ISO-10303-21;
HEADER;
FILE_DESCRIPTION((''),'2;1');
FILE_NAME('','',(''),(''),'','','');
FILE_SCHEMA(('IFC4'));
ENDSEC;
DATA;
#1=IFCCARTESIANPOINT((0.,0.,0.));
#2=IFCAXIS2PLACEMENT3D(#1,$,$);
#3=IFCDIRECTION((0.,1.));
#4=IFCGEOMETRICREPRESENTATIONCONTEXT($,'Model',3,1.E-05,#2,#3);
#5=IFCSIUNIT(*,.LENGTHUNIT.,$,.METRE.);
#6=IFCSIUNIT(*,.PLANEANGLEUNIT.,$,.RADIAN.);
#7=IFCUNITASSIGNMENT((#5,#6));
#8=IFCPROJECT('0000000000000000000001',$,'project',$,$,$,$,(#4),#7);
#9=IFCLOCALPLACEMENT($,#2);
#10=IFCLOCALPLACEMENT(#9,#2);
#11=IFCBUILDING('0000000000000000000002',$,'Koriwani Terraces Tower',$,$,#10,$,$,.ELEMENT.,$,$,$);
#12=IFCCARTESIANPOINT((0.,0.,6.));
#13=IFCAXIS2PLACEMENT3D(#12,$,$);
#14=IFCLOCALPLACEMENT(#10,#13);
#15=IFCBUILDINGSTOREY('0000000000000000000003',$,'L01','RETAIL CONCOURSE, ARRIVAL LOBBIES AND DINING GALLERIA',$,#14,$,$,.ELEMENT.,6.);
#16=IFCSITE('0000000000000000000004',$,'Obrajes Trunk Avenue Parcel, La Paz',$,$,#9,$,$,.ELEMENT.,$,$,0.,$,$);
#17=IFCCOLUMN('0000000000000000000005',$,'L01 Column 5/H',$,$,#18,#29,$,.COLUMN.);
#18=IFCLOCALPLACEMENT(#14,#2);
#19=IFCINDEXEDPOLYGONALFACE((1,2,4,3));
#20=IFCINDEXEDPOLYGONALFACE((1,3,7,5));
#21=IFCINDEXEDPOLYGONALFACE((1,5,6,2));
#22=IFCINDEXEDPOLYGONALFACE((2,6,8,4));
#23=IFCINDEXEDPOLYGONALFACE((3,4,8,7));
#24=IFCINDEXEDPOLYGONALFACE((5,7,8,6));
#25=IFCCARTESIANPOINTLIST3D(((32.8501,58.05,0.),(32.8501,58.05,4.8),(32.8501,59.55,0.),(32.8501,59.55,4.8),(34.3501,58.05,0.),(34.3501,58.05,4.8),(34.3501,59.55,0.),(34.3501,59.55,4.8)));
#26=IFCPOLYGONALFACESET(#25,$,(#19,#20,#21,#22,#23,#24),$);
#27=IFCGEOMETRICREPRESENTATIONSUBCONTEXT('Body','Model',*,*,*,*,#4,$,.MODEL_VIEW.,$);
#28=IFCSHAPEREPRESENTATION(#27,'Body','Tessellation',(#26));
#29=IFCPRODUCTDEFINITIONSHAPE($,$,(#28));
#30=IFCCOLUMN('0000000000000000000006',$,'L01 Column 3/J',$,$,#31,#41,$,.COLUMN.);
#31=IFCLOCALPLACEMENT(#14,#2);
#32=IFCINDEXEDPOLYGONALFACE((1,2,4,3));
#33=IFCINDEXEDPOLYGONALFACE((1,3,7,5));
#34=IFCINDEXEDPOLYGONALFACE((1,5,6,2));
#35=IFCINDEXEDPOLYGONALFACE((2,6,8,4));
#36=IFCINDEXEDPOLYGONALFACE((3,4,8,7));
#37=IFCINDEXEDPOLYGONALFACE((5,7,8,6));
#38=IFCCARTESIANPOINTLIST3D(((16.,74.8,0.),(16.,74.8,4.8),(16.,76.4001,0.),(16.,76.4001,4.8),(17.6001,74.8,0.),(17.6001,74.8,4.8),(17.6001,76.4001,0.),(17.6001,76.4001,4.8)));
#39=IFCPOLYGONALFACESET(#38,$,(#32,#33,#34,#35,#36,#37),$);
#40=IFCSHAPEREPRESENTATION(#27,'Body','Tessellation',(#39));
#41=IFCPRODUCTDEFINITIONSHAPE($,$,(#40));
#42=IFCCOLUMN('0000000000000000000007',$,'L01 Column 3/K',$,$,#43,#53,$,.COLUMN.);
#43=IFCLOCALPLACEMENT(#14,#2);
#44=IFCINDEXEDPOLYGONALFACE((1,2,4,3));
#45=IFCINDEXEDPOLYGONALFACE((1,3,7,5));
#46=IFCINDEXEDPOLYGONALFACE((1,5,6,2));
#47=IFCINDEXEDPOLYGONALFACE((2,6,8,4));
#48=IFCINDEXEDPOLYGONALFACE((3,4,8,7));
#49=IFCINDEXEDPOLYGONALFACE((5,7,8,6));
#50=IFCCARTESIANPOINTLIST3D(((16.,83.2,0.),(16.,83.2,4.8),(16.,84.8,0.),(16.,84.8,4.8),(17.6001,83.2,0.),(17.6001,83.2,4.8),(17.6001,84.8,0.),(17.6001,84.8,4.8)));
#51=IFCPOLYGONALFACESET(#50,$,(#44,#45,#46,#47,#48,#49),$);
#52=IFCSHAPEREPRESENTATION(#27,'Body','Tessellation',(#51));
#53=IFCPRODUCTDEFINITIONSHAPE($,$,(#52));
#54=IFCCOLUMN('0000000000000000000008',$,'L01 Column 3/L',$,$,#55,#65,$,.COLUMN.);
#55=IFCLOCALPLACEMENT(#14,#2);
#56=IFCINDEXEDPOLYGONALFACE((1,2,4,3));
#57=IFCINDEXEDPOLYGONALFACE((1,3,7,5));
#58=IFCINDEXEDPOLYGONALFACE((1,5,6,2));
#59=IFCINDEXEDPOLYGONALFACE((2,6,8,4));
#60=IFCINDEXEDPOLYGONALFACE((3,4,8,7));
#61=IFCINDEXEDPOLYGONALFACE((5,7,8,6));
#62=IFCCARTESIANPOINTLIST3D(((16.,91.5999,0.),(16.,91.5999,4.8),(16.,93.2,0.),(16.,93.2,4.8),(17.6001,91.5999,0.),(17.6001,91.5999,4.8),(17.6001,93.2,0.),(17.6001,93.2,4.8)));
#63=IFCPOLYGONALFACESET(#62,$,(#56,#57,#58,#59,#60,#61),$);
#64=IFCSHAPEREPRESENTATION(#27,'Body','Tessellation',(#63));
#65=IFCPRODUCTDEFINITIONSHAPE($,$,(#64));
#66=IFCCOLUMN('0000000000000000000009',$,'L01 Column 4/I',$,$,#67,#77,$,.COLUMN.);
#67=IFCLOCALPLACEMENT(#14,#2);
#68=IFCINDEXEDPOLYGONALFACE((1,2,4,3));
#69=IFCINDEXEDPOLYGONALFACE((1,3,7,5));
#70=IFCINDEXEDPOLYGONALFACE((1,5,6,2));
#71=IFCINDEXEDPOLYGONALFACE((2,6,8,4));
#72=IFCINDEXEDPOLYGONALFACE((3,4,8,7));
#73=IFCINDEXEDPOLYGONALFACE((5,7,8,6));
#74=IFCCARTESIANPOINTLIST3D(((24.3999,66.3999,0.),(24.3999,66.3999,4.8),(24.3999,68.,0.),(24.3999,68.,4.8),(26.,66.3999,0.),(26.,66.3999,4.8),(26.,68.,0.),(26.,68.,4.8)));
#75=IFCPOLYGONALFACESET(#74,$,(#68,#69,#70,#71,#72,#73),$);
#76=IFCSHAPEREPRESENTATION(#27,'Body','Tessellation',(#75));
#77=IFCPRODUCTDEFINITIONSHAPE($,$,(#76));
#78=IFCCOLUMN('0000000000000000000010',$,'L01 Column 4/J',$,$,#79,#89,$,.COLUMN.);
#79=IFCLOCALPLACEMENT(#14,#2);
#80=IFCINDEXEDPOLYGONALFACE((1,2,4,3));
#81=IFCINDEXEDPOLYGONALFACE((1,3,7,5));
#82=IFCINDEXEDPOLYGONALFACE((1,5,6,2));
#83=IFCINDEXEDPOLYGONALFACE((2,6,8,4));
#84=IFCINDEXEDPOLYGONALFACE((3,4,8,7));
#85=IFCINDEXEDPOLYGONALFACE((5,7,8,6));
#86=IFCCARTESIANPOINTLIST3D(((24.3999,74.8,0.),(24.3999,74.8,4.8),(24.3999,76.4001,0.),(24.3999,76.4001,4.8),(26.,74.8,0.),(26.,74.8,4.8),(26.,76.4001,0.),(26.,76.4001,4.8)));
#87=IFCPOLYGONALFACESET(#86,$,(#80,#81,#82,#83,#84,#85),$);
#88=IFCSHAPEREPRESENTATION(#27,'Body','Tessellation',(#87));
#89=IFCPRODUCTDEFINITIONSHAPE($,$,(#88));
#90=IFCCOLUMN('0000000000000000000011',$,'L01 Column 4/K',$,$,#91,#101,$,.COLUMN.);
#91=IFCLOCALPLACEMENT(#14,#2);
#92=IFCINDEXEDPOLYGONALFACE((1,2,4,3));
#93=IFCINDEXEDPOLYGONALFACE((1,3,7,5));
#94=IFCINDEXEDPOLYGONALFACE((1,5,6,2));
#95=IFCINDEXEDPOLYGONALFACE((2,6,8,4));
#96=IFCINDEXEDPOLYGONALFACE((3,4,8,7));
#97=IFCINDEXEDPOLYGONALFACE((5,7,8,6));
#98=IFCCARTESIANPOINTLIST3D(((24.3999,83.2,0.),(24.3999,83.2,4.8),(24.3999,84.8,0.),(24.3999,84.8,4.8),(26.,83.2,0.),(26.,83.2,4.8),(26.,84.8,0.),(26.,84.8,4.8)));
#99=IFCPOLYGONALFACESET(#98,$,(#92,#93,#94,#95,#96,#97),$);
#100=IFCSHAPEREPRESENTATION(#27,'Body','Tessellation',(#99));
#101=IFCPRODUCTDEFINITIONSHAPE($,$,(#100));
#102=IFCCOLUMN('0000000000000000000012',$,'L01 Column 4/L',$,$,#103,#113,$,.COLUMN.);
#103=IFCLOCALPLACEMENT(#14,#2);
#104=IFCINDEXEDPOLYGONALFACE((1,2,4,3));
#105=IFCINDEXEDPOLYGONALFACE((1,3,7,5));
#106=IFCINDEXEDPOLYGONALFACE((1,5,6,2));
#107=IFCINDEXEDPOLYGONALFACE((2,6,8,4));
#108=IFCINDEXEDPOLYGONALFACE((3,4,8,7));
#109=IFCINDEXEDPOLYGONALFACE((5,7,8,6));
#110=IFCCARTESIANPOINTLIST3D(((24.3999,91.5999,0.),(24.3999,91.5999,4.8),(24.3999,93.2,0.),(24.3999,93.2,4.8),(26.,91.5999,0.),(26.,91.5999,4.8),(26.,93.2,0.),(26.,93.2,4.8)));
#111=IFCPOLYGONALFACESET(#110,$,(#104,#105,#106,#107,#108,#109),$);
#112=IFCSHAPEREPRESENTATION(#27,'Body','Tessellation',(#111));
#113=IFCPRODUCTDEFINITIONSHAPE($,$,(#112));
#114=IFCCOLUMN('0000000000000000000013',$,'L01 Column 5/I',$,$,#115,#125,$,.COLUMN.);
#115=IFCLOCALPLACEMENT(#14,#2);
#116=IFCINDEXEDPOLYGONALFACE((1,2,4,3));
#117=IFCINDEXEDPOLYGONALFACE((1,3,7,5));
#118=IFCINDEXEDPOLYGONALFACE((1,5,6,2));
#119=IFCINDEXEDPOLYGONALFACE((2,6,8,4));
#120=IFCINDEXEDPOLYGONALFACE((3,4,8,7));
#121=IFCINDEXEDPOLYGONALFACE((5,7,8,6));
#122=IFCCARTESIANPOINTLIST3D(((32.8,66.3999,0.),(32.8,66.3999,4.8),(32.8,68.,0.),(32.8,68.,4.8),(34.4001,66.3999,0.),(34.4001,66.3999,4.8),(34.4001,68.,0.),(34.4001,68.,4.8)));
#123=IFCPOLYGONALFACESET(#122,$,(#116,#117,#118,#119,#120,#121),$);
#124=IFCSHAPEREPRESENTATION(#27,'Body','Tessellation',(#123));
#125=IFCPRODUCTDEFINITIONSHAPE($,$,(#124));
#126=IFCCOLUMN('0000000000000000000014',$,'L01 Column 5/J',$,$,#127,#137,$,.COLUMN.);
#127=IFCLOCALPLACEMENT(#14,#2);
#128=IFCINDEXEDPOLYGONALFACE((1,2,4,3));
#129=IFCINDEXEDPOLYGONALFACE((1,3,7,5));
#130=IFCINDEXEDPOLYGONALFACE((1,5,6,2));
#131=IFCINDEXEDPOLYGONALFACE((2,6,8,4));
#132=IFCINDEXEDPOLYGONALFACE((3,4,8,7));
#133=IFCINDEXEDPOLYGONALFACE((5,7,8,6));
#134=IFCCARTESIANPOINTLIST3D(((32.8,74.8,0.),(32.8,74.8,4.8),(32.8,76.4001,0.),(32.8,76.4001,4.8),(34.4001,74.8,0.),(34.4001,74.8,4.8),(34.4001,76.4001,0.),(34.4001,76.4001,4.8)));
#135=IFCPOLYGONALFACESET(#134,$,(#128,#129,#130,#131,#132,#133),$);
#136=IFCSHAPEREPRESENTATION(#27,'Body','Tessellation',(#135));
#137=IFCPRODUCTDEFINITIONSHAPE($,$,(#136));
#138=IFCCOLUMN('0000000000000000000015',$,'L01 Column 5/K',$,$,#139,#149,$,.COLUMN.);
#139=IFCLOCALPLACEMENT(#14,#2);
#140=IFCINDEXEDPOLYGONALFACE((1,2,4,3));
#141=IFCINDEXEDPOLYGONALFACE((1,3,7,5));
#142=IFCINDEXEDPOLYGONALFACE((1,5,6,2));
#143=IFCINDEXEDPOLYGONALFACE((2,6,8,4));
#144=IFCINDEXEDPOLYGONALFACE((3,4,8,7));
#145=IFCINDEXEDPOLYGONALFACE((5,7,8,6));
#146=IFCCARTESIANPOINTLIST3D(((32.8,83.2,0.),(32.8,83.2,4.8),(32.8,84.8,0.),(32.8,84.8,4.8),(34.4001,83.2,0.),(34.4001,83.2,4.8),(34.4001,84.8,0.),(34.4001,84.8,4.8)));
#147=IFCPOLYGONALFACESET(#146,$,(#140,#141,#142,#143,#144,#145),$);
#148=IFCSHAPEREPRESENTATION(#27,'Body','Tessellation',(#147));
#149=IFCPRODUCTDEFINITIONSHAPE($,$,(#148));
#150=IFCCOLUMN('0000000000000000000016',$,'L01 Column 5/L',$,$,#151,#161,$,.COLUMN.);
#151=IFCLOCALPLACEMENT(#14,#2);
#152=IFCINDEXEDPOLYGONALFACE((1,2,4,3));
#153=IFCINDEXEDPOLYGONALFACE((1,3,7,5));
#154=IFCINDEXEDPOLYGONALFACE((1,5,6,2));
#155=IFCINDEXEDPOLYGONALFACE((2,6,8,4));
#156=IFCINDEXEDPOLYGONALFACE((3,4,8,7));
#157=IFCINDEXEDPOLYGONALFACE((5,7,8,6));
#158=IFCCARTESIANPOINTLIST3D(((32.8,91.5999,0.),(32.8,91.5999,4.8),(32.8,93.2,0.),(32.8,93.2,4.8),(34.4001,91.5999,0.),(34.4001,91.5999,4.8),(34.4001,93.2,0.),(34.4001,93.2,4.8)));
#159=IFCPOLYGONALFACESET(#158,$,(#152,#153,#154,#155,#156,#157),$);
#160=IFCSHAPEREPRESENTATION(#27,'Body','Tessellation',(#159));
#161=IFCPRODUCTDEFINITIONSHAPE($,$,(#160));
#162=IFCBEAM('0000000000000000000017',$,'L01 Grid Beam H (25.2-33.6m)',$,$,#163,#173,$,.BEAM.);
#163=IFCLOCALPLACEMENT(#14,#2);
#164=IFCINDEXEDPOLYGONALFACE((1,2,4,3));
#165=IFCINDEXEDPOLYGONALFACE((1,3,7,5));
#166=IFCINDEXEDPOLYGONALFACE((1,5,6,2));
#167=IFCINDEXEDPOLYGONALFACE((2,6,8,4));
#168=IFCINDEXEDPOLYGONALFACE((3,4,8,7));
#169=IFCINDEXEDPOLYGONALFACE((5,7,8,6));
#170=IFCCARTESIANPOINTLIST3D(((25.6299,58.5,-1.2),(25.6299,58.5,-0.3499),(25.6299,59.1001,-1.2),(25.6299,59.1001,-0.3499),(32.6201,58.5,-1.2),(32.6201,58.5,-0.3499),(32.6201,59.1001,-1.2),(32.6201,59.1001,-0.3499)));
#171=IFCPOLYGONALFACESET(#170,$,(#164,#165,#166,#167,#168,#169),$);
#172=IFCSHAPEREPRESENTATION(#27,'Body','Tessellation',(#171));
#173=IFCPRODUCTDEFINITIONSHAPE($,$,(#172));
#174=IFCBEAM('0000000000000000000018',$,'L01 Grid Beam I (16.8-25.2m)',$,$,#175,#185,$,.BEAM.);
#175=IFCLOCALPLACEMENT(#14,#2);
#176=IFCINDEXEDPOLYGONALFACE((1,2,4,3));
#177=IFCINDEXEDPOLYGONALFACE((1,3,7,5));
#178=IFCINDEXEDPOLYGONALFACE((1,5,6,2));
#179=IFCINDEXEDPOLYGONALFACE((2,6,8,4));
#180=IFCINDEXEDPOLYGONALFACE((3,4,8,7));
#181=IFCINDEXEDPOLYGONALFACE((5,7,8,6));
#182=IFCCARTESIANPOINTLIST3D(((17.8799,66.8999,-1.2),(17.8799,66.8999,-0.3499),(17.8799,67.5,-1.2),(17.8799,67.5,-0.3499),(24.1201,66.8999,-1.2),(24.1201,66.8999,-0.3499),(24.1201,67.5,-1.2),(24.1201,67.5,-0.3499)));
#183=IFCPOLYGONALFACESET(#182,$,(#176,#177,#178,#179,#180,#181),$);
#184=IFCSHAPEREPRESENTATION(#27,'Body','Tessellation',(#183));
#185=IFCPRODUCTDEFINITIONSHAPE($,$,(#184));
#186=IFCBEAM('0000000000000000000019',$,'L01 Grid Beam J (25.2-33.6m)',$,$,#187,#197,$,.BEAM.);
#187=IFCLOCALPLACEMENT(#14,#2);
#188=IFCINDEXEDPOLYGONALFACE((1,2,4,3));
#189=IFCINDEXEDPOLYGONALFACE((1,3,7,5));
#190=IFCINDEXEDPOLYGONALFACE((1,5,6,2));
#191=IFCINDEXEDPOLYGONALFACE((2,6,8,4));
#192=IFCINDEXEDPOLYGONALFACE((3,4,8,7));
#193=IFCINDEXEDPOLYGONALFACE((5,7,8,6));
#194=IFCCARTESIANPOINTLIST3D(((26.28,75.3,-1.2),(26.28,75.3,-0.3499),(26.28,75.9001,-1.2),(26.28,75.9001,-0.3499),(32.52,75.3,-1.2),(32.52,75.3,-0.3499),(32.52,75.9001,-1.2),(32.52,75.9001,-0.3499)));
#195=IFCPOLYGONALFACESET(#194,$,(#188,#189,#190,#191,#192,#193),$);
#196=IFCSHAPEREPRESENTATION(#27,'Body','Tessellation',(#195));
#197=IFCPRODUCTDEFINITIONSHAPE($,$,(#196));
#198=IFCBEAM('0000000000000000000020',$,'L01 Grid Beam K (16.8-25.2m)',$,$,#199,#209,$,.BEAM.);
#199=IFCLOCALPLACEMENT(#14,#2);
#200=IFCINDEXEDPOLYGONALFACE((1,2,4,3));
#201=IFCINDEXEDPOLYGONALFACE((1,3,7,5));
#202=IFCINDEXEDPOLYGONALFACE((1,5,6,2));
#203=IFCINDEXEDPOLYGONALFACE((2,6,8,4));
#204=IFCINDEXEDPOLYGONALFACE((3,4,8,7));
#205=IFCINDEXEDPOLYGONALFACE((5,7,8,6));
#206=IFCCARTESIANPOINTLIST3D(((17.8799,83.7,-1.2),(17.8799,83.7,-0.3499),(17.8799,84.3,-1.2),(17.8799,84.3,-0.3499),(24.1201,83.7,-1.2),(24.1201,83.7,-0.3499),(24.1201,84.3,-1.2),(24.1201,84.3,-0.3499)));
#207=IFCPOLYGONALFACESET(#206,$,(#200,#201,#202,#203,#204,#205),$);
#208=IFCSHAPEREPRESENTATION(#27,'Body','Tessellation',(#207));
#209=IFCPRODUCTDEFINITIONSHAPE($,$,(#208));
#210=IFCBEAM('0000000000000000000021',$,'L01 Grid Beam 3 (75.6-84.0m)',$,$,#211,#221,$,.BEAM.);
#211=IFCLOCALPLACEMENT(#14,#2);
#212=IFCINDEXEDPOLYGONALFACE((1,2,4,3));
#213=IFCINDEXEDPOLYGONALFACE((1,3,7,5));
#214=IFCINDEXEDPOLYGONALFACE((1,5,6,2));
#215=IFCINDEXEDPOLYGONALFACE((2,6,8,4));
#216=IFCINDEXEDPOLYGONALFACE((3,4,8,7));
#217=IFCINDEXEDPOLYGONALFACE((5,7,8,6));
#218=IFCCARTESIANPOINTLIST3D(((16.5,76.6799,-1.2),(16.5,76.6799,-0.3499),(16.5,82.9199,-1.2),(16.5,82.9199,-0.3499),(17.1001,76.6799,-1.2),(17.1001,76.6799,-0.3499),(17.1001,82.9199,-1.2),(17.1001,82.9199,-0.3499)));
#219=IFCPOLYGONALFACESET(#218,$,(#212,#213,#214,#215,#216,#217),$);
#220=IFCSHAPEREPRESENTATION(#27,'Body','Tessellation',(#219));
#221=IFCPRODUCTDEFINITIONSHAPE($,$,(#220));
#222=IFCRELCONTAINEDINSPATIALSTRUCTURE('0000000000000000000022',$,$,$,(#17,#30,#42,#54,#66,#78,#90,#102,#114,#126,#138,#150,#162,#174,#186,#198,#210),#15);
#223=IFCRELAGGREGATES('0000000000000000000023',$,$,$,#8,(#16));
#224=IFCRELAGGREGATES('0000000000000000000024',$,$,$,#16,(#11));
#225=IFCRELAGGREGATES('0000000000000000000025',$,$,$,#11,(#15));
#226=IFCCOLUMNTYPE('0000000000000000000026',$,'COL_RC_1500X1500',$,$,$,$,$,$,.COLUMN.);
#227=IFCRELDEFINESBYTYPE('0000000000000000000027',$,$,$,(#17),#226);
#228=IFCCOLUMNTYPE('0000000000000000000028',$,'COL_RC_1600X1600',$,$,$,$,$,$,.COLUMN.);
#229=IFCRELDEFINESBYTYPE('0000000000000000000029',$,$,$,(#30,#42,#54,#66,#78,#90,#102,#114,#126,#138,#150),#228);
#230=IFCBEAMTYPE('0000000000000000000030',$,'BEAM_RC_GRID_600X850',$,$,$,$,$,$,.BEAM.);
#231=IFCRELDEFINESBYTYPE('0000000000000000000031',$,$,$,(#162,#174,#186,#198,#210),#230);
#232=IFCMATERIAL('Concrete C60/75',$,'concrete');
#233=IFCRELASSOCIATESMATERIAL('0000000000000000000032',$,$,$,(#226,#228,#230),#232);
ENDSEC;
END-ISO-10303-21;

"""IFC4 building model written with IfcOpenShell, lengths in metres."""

from ifc_helpers import new_model, si_unit, direction, frame, origin, origin_2d, place, context, subcontext, project, spatial, rectangle, extrude, material, material_profile, profile_set, type_object, element, save


model = new_model("IFC4")

# Units and contexts
model_context = context("Model", 3, precision=1e-05, world=origin(), true_north=direction((0.0, 1.0)))
body_context = subcontext(model_context, "Body", "Model", "MODEL_VIEW")
ifc_project = project(units=[si_unit("LENGTHUNIT", "METRE"), si_unit("PLANEANGLEUNIT", "RADIAN")], contexts=[model_context])

# Site, building, storey
site_placement = place(None, origin())
site = spatial("IfcSite", under=ifc_project, at=site_placement, Name="Obrajes Trunk Avenue Parcel, La Paz", CompositionType="ELEMENT", RefElevation=0.0)
building_placement = place(site_placement, origin())
building = spatial("IfcBuilding", under=site, at=building_placement, Name="Koriwani Terraces Tower", CompositionType="ELEMENT")
storey_placement = place(building_placement, frame((0.0, 0.0, 6.0)))
storey = spatial("IfcBuildingStorey", under=building, at=storey_placement, Name="L01", Description="RETAIL CONCOURSE, ARRIVAL LOBBIES AND DINING GALLERIA", CompositionType="ELEMENT", Elevation=6.0)

# Columns
ifc_material_1 = material(Name="Concrete C60/75", Category="concrete")
ifc_material_profile_1 = material_profile(ifc_material_1, rectangle(XDim=1.5, YDim=1.5, at=origin_2d()), Name="Concrete C60/75", Category="LoadBearing")
ifc_profile_set_1 = profile_set([ifc_material_profile_1], Name="Concrete C60/75")
column_type_1 = type_object("IfcColumnType", Name="COL_RC_1500X1500", PredefinedType="COLUMN", material=ifc_profile_set_1)
column_placement = place(storey_placement, frame((33.6001, 58.8, 0.0), z_axis=(0.0, 0.0, 1.0), x_axis=(1.0, 0.0, 0.0)))
element("IfcColumn", 1, at=column_placement, inside=storey, type_object=column_type_1, Name="L01 Column 5/H", PredefinedType="COLUMN", context=body_context, shape_type="SweptSolid", body=[
    extrude(rectangle(XDim=1.5, YDim=1.5, at=origin_2d()), origin(), (0.0, 0.0, 1.0), 4.8),
])
ifc_material_profile_2 = material_profile(ifc_material_1, rectangle(XDim=1.6001, YDim=1.6001, at=origin_2d()), Name="Concrete C60/75", Category="LoadBearing")
ifc_profile_set_2 = profile_set([ifc_material_profile_2], Name="Concrete C60/75")
column_type_2 = type_object("IfcColumnType", Name="COL_RC_1600X1600", PredefinedType="COLUMN", material=ifc_profile_set_2)
for number, where, z_axis, x_axis, name in (
    (2, (16.8, 75.6001, 0.0), (0.0, 0.0, 1.0), (1.0, 0.0, 0.0), "L01 Column 3/J"),
    (3, (16.8, 84.0, 0.0), (0.0, 0.0, 1.0), (1.0, 0.0, 0.0), "L01 Column 3/K"),
    (4, (16.8, 92.3999, 0.0), (0.0, 0.0, 1.0), (1.0, 0.0, 0.0), "L01 Column 3/L"),
    (5, (25.2, 67.2, 0.0), (0.0, 0.0, 1.0), (1.0, 0.0, 0.0), "L01 Column 4/I"),
    (6, (25.2, 75.6001, 0.0), (0.0, 0.0, 1.0), (1.0, 0.0, 0.0), "L01 Column 4/J"),
    (7, (25.2, 84.0, 0.0), (0.0, 0.0, 1.0), (1.0, 0.0, 0.0), "L01 Column 4/K"),
    (8, (25.2, 92.3999, 0.0), (0.0, 0.0, 1.0), (1.0, 0.0, 0.0), "L01 Column 4/L"),
    (9, (33.6001, 67.2, 0.0), (0.0, 0.0, 1.0), (1.0, 0.0, 0.0), "L01 Column 5/I"),
    (10, (33.6001, 75.6001, 0.0), (0.0, 0.0, 1.0), (1.0, 0.0, 0.0), "L01 Column 5/J"),
    (11, (33.6001, 84.0, 0.0), (0.0, 0.0, 1.0), (1.0, 0.0, 0.0), "L01 Column 5/K"),
    (12, (33.6001, 92.3999, 0.0), (0.0, 0.0, 1.0), (1.0, 0.0, 0.0), "L01 Column 5/L"),
):
    element("IfcColumn", number, at=place(storey_placement, frame(where, z_axis=z_axis, x_axis=x_axis)), inside=storey, type_object=column_type_2, Name=name, PredefinedType="COLUMN", context=body_context, shape_type="SweptSolid", body=[
        extrude(rectangle(XDim=1.6001, YDim=1.6001, at=origin_2d()), origin(), (0.0, 0.0, 1.0), 4.8),
    ])

# Beams
ifc_material_profile_3 = material_profile(ifc_material_1, rectangle(XDim=0.6001, YDim=0.8501, at=origin_2d()), Name="Concrete C60/75", Category="LoadBearing")
ifc_profile_set_3 = profile_set([ifc_material_profile_3], Name="Concrete C60/75")
beam_type_1 = type_object("IfcBeamType", Name="BEAM_RC_GRID_600X850", PredefinedType="BEAM", material=ifc_profile_set_3)
beam_1_placement = place(storey_placement, frame((25.6299, 58.8, -0.7749), z_axis=(1.0, 0.0, 0.0), x_axis=(0.0, 1.0, 0.0)))
element("IfcBeam", 13, at=beam_1_placement, inside=storey, type_object=beam_type_1, Name="L01 Grid Beam H (25.2-33.6m)", PredefinedType="BEAM", context=body_context, shape_type="SweptSolid", body=[
    extrude(rectangle(XDim=0.6001, YDim=0.8501, at=origin_2d()), origin(), (0.0, 0.0, 1.0), 6.9902),
])
beam_2_placement = place(storey_placement, frame((17.8799, 67.2, -0.7749), z_axis=(1.0, 0.0, 0.0), x_axis=(0.0, 1.0, 0.0)))
element("IfcBeam", 14, at=beam_2_placement, inside=storey, type_object=beam_type_1, Name="L01 Grid Beam I (16.8-25.2m)", PredefinedType="BEAM", context=body_context, shape_type="SweptSolid", body=[
    extrude(rectangle(XDim=0.6001, YDim=0.8501, at=origin_2d()), origin(), (0.0, 0.0, 1.0), 6.2402),
])
beam_3_placement = place(storey_placement, frame((26.28, 75.6001, -0.7749), z_axis=(1.0, 0.0, 0.0), x_axis=(0.0, 1.0, 0.0)))
element("IfcBeam", 15, at=beam_3_placement, inside=storey, type_object=beam_type_1, Name="L01 Grid Beam J (25.2-33.6m)", PredefinedType="BEAM", context=body_context, shape_type="SweptSolid", body=[
    extrude(rectangle(XDim=0.6001, YDim=0.8501, at=origin_2d()), origin(), (0.0, 0.0, 1.0), 6.24),
])
beam_4_placement = place(storey_placement, frame((17.8799, 84.0, -0.7749), z_axis=(1.0, 0.0, 0.0), x_axis=(0.0, 1.0, 0.0)))
element("IfcBeam", 16, at=beam_4_placement, inside=storey, type_object=beam_type_1, Name="L01 Grid Beam K (16.8-25.2m)", PredefinedType="BEAM", context=body_context, shape_type="SweptSolid", body=[
    extrude(rectangle(XDim=0.6001, YDim=0.8501, at=origin_2d()), origin(), (0.0, 0.0, 1.0), 6.2402),
])
for number, where, z_axis, x_axis, name in (
    (17, (16.8, 76.6799, -0.7749), (0.0, 1.0, 0.0), (-1.0, 0.0, 0.0), "L01 Grid Beam 3 (75.6-84.0m)"),
):
    element("IfcBeam", number, at=place(storey_placement, frame(where, z_axis=z_axis, x_axis=x_axis)), inside=storey, type_object=beam_type_1, Name=name, PredefinedType="BEAM", context=body_context, shape_type="SweptSolid", body=[
        extrude(rectangle(XDim=0.6001, YDim=0.8501, at=origin_2d()), origin(), (0.0, 0.0, 1.0), 6.24),
    ])

save(model, "model.ifc")
